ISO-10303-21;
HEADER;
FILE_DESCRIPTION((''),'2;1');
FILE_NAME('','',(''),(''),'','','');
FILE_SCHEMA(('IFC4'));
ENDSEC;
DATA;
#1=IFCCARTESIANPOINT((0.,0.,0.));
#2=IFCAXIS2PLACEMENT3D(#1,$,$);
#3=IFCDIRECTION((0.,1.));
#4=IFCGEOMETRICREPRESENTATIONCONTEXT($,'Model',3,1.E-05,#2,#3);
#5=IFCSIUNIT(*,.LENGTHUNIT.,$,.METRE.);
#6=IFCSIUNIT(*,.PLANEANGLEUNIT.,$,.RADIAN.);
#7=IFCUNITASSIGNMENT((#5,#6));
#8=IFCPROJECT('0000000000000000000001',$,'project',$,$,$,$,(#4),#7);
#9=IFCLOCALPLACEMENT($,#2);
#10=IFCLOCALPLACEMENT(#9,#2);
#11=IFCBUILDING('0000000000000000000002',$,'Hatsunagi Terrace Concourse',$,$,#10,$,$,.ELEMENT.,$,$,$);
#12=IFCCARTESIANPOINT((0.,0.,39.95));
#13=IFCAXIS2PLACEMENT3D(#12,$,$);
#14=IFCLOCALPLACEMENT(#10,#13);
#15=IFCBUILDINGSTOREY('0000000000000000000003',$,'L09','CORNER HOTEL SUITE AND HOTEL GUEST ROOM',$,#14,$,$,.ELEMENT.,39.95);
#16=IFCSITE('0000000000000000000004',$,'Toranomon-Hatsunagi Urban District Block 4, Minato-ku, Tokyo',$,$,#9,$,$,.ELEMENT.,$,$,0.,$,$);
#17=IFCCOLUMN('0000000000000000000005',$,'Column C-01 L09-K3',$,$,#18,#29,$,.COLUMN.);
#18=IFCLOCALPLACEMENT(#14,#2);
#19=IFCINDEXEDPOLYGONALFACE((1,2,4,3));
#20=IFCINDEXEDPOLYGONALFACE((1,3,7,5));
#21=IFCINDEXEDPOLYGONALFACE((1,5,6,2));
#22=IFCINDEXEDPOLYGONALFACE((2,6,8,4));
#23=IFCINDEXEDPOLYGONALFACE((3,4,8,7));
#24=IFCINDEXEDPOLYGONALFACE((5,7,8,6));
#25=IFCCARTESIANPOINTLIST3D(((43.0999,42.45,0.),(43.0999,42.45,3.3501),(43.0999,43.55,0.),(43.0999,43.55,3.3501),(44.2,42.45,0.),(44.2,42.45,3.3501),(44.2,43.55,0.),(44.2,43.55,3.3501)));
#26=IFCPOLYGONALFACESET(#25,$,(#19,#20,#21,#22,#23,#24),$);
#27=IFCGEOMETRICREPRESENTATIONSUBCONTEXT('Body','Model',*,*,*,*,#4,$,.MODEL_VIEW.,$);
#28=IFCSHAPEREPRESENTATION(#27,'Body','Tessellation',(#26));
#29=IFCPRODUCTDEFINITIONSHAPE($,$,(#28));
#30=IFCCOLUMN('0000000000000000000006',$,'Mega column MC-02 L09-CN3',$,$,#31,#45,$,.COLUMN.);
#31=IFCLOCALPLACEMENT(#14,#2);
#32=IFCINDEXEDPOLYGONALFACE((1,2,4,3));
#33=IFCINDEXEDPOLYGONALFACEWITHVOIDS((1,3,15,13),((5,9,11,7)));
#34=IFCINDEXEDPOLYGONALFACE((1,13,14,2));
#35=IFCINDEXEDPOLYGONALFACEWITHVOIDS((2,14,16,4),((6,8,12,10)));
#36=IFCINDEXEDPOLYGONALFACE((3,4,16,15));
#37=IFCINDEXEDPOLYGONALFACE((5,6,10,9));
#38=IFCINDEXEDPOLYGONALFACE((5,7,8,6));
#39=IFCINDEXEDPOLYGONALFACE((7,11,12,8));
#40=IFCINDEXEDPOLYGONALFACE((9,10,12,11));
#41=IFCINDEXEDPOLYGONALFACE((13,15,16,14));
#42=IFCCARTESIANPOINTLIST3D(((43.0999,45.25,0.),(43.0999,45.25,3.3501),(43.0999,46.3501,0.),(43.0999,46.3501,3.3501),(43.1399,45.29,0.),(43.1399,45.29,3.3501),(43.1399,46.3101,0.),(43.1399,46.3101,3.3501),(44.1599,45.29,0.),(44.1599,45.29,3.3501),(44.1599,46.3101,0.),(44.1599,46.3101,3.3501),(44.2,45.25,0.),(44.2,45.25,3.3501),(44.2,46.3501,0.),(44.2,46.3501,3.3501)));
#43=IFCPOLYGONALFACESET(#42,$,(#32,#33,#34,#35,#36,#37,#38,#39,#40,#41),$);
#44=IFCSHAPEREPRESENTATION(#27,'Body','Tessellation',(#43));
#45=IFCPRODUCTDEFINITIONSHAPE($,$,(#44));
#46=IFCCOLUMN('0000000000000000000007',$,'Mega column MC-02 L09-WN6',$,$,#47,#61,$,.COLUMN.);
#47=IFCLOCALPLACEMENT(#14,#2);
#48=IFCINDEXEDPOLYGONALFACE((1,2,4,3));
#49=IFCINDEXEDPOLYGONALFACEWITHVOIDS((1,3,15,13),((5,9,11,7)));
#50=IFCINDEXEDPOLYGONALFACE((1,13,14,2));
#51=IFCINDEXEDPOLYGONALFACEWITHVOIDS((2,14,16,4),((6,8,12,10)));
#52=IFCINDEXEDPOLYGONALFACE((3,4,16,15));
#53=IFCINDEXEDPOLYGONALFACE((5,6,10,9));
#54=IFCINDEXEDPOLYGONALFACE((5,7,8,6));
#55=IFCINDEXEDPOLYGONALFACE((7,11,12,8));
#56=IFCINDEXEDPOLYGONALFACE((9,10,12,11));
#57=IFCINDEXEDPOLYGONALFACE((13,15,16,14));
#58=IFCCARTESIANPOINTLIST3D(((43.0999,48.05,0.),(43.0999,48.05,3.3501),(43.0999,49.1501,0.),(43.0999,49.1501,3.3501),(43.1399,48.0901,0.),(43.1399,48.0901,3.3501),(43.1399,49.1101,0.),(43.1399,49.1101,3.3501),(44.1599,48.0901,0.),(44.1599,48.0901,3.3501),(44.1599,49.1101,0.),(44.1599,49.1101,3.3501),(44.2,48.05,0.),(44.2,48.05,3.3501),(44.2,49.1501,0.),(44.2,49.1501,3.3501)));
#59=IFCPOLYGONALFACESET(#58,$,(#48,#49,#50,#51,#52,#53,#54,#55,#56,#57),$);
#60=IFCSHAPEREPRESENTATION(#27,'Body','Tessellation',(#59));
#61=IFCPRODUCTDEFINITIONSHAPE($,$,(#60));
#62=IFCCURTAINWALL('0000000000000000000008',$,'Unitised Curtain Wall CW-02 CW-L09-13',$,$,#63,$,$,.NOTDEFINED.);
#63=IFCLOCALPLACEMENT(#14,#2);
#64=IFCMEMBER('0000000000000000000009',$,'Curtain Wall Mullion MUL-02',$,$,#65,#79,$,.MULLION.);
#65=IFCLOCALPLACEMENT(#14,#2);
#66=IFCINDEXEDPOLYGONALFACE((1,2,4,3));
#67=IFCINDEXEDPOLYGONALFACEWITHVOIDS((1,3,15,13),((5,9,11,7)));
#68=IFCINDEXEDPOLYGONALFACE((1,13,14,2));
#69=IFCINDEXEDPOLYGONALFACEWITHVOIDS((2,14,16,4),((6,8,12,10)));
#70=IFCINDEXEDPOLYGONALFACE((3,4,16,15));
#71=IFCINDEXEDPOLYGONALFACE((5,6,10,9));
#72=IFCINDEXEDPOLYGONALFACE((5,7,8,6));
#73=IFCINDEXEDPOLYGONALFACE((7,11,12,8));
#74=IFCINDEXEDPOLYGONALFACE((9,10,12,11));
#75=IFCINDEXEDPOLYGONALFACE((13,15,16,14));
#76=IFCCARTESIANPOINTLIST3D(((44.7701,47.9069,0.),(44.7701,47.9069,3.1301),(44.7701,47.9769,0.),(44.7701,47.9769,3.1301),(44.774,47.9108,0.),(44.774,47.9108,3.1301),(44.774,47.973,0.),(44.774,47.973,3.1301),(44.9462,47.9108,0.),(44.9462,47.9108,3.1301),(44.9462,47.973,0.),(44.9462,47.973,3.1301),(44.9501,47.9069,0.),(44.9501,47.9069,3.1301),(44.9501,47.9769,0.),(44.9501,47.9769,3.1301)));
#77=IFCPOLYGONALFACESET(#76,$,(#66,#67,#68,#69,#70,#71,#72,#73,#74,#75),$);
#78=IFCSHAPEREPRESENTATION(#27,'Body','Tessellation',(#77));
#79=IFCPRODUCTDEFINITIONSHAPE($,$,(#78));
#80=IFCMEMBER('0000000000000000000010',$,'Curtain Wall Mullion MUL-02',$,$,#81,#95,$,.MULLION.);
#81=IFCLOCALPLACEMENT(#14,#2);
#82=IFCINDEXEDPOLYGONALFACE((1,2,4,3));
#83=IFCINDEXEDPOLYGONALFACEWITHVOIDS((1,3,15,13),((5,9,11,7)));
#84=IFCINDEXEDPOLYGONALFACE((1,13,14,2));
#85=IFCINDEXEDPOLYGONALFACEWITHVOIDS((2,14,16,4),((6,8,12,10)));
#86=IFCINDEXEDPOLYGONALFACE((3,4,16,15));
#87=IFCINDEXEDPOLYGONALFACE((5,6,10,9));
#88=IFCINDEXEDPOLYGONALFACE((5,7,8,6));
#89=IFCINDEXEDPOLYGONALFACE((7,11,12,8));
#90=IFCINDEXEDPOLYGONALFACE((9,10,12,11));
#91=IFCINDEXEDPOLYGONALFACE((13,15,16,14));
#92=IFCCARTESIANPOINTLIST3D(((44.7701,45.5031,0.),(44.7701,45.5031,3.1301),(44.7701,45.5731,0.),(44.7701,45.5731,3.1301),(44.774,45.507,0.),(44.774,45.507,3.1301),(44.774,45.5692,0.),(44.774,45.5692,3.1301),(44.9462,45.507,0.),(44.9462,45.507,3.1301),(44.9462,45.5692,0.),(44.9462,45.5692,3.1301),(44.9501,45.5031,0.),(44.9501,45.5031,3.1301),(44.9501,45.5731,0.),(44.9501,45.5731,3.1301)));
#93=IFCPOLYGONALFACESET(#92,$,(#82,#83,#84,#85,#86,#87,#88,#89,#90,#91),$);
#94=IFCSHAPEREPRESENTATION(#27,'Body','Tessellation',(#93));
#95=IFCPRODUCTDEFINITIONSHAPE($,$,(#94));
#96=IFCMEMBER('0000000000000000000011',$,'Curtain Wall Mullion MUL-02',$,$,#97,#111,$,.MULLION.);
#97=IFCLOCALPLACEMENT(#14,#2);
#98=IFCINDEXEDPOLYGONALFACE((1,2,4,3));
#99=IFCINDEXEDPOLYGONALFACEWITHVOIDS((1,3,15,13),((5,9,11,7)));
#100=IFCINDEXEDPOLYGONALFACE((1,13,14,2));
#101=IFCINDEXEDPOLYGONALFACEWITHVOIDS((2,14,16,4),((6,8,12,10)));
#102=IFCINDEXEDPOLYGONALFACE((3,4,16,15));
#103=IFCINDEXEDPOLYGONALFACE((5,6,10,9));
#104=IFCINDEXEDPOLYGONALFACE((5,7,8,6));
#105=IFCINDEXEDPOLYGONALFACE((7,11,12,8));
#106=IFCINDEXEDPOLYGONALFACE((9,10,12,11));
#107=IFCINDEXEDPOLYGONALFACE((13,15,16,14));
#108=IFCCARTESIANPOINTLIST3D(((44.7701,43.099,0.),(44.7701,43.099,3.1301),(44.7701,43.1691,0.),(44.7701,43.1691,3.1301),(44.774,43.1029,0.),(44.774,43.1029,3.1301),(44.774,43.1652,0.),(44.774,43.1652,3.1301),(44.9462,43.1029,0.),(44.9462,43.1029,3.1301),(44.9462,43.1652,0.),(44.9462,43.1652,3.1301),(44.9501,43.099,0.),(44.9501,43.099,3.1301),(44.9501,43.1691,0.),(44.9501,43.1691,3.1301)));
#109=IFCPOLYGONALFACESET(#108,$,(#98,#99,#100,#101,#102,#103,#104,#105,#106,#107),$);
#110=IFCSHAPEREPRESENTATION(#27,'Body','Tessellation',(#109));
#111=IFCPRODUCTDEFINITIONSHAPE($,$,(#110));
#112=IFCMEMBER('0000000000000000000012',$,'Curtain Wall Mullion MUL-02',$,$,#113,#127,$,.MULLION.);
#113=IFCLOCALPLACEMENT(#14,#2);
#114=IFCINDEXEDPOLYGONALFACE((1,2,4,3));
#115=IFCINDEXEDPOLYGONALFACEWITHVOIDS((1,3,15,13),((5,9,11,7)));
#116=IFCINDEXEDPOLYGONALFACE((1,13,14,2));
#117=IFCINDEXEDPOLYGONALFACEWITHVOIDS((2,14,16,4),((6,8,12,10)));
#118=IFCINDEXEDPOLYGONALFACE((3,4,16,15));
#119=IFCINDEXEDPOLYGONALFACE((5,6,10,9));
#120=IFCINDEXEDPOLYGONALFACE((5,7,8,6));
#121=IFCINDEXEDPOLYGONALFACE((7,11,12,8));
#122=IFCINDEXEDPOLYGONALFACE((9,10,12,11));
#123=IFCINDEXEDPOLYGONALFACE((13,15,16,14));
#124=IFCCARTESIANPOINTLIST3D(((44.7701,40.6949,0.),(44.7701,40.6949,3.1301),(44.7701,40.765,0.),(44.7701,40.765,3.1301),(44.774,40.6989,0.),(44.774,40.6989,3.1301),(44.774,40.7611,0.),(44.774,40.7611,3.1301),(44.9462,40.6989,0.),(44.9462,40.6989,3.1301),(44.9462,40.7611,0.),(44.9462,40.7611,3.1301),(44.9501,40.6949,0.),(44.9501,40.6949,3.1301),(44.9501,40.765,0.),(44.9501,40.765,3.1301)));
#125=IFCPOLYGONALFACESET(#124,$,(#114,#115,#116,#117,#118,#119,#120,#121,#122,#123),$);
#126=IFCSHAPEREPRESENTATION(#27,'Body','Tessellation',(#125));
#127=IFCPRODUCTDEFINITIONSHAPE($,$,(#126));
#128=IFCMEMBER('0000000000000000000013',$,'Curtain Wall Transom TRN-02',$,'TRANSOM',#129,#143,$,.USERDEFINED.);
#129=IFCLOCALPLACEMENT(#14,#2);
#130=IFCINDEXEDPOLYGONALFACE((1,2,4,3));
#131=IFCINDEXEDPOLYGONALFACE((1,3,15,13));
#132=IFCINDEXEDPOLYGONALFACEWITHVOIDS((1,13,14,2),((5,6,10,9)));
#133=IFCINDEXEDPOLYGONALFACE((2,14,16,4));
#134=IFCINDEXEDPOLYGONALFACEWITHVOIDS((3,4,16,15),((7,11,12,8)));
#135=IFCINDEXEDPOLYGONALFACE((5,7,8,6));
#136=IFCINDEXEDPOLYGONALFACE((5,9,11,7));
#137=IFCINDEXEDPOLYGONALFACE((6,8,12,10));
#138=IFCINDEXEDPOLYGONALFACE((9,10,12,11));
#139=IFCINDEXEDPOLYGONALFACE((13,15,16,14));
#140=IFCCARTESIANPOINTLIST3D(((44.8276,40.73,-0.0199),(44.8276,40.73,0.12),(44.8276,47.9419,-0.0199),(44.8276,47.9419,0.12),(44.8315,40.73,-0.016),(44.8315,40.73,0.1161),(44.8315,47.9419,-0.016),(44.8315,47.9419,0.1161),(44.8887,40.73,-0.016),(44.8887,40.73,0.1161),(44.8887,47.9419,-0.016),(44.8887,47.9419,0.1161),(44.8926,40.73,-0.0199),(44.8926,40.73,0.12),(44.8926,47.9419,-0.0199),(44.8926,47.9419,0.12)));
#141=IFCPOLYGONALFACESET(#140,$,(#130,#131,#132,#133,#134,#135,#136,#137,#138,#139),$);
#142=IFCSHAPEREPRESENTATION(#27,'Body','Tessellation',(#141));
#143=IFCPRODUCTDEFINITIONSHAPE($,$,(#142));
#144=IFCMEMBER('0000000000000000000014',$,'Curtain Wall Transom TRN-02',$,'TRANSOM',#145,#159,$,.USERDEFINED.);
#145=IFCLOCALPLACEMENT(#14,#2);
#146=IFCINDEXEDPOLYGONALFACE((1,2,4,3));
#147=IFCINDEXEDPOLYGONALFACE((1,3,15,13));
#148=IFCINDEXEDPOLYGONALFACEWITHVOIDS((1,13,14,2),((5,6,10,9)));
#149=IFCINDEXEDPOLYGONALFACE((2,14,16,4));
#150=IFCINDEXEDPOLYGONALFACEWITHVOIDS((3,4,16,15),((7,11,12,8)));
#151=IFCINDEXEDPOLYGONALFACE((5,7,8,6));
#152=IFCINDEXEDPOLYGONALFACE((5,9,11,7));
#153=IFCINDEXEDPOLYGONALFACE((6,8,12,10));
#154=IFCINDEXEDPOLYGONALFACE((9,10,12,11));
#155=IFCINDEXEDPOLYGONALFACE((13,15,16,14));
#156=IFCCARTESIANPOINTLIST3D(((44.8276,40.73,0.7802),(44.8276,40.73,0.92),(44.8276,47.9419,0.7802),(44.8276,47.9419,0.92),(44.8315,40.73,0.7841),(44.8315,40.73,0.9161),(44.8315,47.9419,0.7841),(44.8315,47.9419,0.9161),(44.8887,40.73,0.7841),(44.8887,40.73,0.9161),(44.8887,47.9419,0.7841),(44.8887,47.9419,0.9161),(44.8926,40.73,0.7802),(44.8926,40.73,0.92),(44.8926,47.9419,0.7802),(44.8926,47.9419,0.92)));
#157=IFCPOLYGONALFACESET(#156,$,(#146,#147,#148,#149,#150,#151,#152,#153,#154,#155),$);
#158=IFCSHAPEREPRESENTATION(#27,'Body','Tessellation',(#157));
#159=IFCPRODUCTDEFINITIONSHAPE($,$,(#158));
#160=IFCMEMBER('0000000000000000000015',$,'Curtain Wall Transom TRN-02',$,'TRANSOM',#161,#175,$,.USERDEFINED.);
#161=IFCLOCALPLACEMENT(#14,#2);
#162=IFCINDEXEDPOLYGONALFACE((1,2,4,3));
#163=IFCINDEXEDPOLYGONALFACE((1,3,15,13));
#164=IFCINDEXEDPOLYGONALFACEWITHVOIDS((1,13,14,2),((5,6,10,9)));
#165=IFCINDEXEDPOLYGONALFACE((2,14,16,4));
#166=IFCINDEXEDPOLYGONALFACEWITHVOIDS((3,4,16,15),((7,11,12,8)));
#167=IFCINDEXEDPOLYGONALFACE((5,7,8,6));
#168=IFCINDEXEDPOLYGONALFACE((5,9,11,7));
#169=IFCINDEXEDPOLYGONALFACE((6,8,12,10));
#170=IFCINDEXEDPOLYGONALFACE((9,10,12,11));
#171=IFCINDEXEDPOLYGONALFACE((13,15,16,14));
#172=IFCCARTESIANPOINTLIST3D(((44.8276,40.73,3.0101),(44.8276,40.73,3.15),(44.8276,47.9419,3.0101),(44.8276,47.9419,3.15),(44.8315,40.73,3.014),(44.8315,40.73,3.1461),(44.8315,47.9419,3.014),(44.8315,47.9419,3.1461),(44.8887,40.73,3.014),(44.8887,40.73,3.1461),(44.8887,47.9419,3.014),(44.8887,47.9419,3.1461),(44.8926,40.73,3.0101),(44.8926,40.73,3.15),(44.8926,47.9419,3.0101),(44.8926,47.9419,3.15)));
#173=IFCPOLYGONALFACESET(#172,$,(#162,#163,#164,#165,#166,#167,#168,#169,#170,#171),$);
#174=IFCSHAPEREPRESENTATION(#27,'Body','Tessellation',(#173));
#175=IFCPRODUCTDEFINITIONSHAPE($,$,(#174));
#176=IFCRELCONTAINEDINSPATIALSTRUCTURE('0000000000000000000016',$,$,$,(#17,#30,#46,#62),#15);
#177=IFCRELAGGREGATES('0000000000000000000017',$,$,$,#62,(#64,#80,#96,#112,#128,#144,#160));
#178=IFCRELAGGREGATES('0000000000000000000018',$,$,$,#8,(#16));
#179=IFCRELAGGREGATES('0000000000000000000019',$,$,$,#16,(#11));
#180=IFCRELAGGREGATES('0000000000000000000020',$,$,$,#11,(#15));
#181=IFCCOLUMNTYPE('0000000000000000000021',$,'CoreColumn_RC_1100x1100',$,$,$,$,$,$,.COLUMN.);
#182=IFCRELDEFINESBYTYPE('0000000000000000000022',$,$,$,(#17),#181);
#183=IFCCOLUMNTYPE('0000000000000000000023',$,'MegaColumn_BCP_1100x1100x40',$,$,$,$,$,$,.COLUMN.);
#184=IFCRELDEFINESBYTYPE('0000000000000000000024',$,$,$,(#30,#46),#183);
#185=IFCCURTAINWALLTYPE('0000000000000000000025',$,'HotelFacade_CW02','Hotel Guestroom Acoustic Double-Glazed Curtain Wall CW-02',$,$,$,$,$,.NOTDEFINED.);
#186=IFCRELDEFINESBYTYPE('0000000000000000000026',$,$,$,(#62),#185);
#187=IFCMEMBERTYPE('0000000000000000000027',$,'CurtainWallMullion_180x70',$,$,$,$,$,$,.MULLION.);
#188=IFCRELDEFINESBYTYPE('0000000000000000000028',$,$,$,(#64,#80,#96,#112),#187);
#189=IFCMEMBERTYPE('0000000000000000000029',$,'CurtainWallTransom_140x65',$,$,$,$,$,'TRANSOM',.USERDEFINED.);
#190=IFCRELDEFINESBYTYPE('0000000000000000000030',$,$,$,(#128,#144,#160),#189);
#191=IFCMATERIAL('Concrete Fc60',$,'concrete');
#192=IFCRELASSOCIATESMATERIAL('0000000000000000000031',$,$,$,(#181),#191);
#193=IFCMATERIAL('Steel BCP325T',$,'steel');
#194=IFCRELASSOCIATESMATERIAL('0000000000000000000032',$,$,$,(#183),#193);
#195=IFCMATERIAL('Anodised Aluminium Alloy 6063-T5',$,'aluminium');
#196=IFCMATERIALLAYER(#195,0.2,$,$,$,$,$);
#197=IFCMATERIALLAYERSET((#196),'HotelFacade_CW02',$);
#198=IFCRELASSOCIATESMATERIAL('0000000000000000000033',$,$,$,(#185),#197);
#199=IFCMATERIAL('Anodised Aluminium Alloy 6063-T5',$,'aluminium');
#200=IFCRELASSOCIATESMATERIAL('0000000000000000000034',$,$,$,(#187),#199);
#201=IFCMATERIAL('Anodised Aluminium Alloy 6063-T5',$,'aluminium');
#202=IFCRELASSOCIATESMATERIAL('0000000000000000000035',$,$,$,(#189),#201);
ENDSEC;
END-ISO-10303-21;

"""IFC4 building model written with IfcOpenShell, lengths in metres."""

from ifc_helpers import new_model, si_unit, direction, frame, origin, origin_2d, place, context, subcontext, project, spatial, rectangle, hollow_rectangle, extrude, material, layer, layer_set, material_profile, profile_set, type_object, element, aggregate, save


model = new_model("IFC4")

# Units and contexts
model_context = context("Model", 3, precision=1e-05, world=origin(), true_north=direction((0.0, 1.0)))
body_context = subcontext(model_context, "Body", "Model", "MODEL_VIEW")
ifc_project = project(units=[si_unit("LENGTHUNIT", "METRE"), si_unit("PLANEANGLEUNIT", "RADIAN")], contexts=[model_context])

# Site, building, storey
site_placement = place(None, origin())
site = spatial("IfcSite", under=ifc_project, at=site_placement, Name="Toranomon-Hatsunagi Urban District Block 4, Minato-ku, Tokyo", CompositionType="ELEMENT", RefElevation=0.0)
building_placement = place(site_placement, origin())
building = spatial("IfcBuilding", under=site, at=building_placement, Name="Hatsunagi Terrace Concourse", CompositionType="ELEMENT")
storey_placement = place(building_placement, frame((0.0, 0.0, 39.95)))
storey = spatial("IfcBuildingStorey", under=building, at=storey_placement, Name="L09", Description="CORNER HOTEL SUITE AND HOTEL GUEST ROOM", CompositionType="ELEMENT", Elevation=39.95)

# Columns
ifc_material_1 = material(Name="Concrete Fc60", Category="concrete")
ifc_material_profile_1 = material_profile(ifc_material_1, rectangle(XDim=1.1001, YDim=1.1001, at=origin_2d()), Name="RC-1100x1100")
ifc_profile_set_1 = profile_set([ifc_material_profile_1], Name="Concrete Fc60")
column_type_1 = type_object("IfcColumnType", Name="CoreColumn_RC_1100x1100", PredefinedType="COLUMN", material=ifc_profile_set_1)
column_placement = place(storey_placement, frame((43.6499, 43.0, 0.0), z_axis=(0.0, 0.0, 1.0), x_axis=(1.0, 0.0, 0.0)))
element("IfcColumn", 1, at=column_placement, inside=storey, type_object=column_type_1, Name="Column C-01 L09-K3", PredefinedType="COLUMN", context=body_context, shape_type="SweptSolid", body=[
    extrude(rectangle(XDim=1.1001, YDim=1.1001, at=origin_2d()), origin(), (0.0, 0.0, 1.0), 3.3501),
])
ifc_material_2 = material(Name="Steel BCP325T", Category="steel")
ifc_material_profile_2 = material_profile(ifc_material_2, hollow_rectangle(XDim=1.1001, YDim=1.1001, WallThickness=0.04, at=origin_2d()), Name="BCP-1100x1100x40")
ifc_profile_set_2 = profile_set([ifc_material_profile_2], Name="Steel BCP325T")
column_type_2 = type_object("IfcColumnType", Name="MegaColumn_BCP_1100x1100x40", PredefinedType="COLUMN", material=ifc_profile_set_2)
for number, where, z_axis, x_axis, name in (
    (2, (43.6499, 45.8, 0.0), (0.0, 0.0, 1.0), (1.0, 0.0, 0.0), "Mega column MC-02 L09-CN3"),
    (3, (43.6499, 48.6001, 0.0), (0.0, 0.0, 1.0), (1.0, 0.0, 0.0), "Mega column MC-02 L09-WN6"),
):
    element("IfcColumn", number, at=place(storey_placement, frame(where, z_axis=z_axis, x_axis=x_axis)), inside=storey, type_object=column_type_2, Name=name, PredefinedType="COLUMN", context=body_context, shape_type="SweptSolid", body=[
        extrude(hollow_rectangle(XDim=1.1001, YDim=1.1001, WallThickness=0.04, at=origin_2d()), origin(), (0.0, 0.0, 1.0), 3.3501),
    ])

# Curtain wall, members
ifc_material_3 = material(Name="Anodised Aluminium Alloy 6063-T5", Category="aluminium")
ifc_layer_1 = layer(ifc_material_3, 0.2)
ifc_layer_set_1 = layer_set([ifc_layer_1], Name="HotelFacade_CW02")
curtain_wall_type = type_object("IfcCurtainWallType", Name="HotelFacade_CW02", Description="Hotel Guestroom Acoustic Double-Glazed Curtain Wall CW-02", PredefinedType="NOTDEFINED", material=ifc_layer_set_1)
curtain_wall_placement = place(storey_placement, origin())
curtain_wall = element("IfcCurtainWall", 4, at=curtain_wall_placement, inside=storey, type_object=curtain_wall_type, Name="Unitised Curtain Wall CW-02 CW-L09-13", PredefinedType="NOTDEFINED")
ifc_material_4 = material(Name="Anodised Aluminium Alloy 6063-T5", Category="aluminium")
ifc_material_profile_3 = material_profile(ifc_material_4, hollow_rectangle(XDim=0.0701, YDim=0.1799, WallThickness=0.0039, at=origin_2d()), Name="ALU-MUL-180x70x4")
ifc_profile_set_3 = profile_set([ifc_material_profile_3], Name="Anodised Aluminium Alloy 6063-T5")
member_type_1 = type_object("IfcMemberType", Name="CurtainWallMullion_180x70", PredefinedType="MULLION", material=ifc_profile_set_3)
member_1_placement = place(storey_placement, frame((44.8601, 47.9419, 0.0), z_axis=(0.0, 0.0, 1.0), x_axis=(0.0, -1.0, 0.0)))
member_1 = element("IfcMember", 5, at=member_1_placement, type_object=member_type_1, Name="Curtain Wall Mullion MUL-02", PredefinedType="MULLION", context=body_context, shape_type="SweptSolid", body=[
    extrude(hollow_rectangle(XDim=0.0701, YDim=0.1799, WallThickness=0.0039, at=origin_2d()), origin(), (0.0, 0.0, 1.0), 3.1301),
])
member_2_placement = place(storey_placement, frame((44.8601, 45.5381, 0.0), z_axis=(0.0, 0.0, 1.0), x_axis=(0.0, -1.0, 0.0)))
member_2 = element("IfcMember", 6, at=member_2_placement, type_object=member_type_1, Name="Curtain Wall Mullion MUL-02", PredefinedType="MULLION", context=body_context, shape_type="SweptSolid", body=[
    extrude(hollow_rectangle(XDim=0.0701, YDim=0.1799, WallThickness=0.0039, at=origin_2d()), origin(), (0.0, 0.0, 1.0), 3.1301),
])
member_3_placement = place(storey_placement, frame((44.8601, 43.134, 0.0), z_axis=(0.0, 0.0, 1.0), x_axis=(0.0, -1.0, 0.0)))
member_3 = element("IfcMember", 7, at=member_3_placement, type_object=member_type_1, Name="Curtain Wall Mullion MUL-02", PredefinedType="MULLION", context=body_context, shape_type="SweptSolid", body=[
    extrude(hollow_rectangle(XDim=0.0701, YDim=0.1799, WallThickness=0.0039, at=origin_2d()), origin(), (0.0, 0.0, 1.0), 3.1301),
])
member_4_placement = place(storey_placement, frame((44.8601, 40.73, 0.0), z_axis=(0.0, 0.0, 1.0), x_axis=(0.0, -1.0, 0.0)))
member_4 = element("IfcMember", 8, at=member_4_placement, type_object=member_type_1, Name="Curtain Wall Mullion MUL-02", PredefinedType="MULLION", context=body_context, shape_type="SweptSolid", body=[
    extrude(hollow_rectangle(XDim=0.0701, YDim=0.1799, WallThickness=0.0039, at=origin_2d()), origin(), (0.0, 0.0, 1.0), 3.1301),
])
ifc_material_5 = material(Name="Anodised Aluminium Alloy 6063-T5", Category="aluminium")
ifc_material_profile_4 = material_profile(ifc_material_5, hollow_rectangle(XDim=0.0649, YDim=0.1399, WallThickness=0.0039, at=origin_2d()), Name="ALU-TRN-140x65x4")
ifc_profile_set_4 = profile_set([ifc_material_profile_4], Name="Anodised Aluminium Alloy 6063-T5")
member_type_2 = type_object("IfcMemberType", Name="CurtainWallTransom_140x65", ElementType="TRANSOM", PredefinedType="USERDEFINED", material=ifc_profile_set_4)
member_5_placement = place(storey_placement, frame((44.8601, 47.9419, 0.05), z_axis=(0.0, -1.0, 0.0), x_axis=(1.0, 0.0, 0.0)))
member_5 = element("IfcMember", 9, at=member_5_placement, type_object=member_type_2, Name="Curtain Wall Transom TRN-02", ObjectType="TRANSOM", PredefinedType="USERDEFINED", context=body_context, shape_type="SweptSolid", body=[
    extrude(hollow_rectangle(XDim=0.0649, YDim=0.1399, WallThickness=0.0039, at=origin_2d()), origin(), (0.0, 0.0, 1.0), 7.2119),
])
member_6_placement = place(storey_placement, frame((44.8601, 47.9419, 0.8501), z_axis=(0.0, -1.0, 0.0), x_axis=(1.0, 0.0, 0.0)))
member_6 = element("IfcMember", 10, at=member_6_placement, type_object=member_type_2, Name="Curtain Wall Transom TRN-02", ObjectType="TRANSOM", PredefinedType="USERDEFINED", context=body_context, shape_type="SweptSolid", body=[
    extrude(hollow_rectangle(XDim=0.0649, YDim=0.1399, WallThickness=0.0039, at=origin_2d()), origin(), (0.0, 0.0, 1.0), 7.2119),
])
member_7_placement = place(storey_placement, frame((44.8601, 47.9419, 3.0801), z_axis=(0.0, -1.0, 0.0), x_axis=(1.0, 0.0, 0.0)))
member_7 = element("IfcMember", 11, at=member_7_placement, type_object=member_type_2, Name="Curtain Wall Transom TRN-02", ObjectType="TRANSOM", PredefinedType="USERDEFINED", context=body_context, shape_type="SweptSolid", body=[
    extrude(hollow_rectangle(XDim=0.0649, YDim=0.1399, WallThickness=0.0039, at=origin_2d()), origin(), (0.0, 0.0, 1.0), 7.2119),
])

aggregate(curtain_wall, [member_1, member_2, member_3, member_4, member_5, member_6, member_7])

save(model, "model.ifc")
